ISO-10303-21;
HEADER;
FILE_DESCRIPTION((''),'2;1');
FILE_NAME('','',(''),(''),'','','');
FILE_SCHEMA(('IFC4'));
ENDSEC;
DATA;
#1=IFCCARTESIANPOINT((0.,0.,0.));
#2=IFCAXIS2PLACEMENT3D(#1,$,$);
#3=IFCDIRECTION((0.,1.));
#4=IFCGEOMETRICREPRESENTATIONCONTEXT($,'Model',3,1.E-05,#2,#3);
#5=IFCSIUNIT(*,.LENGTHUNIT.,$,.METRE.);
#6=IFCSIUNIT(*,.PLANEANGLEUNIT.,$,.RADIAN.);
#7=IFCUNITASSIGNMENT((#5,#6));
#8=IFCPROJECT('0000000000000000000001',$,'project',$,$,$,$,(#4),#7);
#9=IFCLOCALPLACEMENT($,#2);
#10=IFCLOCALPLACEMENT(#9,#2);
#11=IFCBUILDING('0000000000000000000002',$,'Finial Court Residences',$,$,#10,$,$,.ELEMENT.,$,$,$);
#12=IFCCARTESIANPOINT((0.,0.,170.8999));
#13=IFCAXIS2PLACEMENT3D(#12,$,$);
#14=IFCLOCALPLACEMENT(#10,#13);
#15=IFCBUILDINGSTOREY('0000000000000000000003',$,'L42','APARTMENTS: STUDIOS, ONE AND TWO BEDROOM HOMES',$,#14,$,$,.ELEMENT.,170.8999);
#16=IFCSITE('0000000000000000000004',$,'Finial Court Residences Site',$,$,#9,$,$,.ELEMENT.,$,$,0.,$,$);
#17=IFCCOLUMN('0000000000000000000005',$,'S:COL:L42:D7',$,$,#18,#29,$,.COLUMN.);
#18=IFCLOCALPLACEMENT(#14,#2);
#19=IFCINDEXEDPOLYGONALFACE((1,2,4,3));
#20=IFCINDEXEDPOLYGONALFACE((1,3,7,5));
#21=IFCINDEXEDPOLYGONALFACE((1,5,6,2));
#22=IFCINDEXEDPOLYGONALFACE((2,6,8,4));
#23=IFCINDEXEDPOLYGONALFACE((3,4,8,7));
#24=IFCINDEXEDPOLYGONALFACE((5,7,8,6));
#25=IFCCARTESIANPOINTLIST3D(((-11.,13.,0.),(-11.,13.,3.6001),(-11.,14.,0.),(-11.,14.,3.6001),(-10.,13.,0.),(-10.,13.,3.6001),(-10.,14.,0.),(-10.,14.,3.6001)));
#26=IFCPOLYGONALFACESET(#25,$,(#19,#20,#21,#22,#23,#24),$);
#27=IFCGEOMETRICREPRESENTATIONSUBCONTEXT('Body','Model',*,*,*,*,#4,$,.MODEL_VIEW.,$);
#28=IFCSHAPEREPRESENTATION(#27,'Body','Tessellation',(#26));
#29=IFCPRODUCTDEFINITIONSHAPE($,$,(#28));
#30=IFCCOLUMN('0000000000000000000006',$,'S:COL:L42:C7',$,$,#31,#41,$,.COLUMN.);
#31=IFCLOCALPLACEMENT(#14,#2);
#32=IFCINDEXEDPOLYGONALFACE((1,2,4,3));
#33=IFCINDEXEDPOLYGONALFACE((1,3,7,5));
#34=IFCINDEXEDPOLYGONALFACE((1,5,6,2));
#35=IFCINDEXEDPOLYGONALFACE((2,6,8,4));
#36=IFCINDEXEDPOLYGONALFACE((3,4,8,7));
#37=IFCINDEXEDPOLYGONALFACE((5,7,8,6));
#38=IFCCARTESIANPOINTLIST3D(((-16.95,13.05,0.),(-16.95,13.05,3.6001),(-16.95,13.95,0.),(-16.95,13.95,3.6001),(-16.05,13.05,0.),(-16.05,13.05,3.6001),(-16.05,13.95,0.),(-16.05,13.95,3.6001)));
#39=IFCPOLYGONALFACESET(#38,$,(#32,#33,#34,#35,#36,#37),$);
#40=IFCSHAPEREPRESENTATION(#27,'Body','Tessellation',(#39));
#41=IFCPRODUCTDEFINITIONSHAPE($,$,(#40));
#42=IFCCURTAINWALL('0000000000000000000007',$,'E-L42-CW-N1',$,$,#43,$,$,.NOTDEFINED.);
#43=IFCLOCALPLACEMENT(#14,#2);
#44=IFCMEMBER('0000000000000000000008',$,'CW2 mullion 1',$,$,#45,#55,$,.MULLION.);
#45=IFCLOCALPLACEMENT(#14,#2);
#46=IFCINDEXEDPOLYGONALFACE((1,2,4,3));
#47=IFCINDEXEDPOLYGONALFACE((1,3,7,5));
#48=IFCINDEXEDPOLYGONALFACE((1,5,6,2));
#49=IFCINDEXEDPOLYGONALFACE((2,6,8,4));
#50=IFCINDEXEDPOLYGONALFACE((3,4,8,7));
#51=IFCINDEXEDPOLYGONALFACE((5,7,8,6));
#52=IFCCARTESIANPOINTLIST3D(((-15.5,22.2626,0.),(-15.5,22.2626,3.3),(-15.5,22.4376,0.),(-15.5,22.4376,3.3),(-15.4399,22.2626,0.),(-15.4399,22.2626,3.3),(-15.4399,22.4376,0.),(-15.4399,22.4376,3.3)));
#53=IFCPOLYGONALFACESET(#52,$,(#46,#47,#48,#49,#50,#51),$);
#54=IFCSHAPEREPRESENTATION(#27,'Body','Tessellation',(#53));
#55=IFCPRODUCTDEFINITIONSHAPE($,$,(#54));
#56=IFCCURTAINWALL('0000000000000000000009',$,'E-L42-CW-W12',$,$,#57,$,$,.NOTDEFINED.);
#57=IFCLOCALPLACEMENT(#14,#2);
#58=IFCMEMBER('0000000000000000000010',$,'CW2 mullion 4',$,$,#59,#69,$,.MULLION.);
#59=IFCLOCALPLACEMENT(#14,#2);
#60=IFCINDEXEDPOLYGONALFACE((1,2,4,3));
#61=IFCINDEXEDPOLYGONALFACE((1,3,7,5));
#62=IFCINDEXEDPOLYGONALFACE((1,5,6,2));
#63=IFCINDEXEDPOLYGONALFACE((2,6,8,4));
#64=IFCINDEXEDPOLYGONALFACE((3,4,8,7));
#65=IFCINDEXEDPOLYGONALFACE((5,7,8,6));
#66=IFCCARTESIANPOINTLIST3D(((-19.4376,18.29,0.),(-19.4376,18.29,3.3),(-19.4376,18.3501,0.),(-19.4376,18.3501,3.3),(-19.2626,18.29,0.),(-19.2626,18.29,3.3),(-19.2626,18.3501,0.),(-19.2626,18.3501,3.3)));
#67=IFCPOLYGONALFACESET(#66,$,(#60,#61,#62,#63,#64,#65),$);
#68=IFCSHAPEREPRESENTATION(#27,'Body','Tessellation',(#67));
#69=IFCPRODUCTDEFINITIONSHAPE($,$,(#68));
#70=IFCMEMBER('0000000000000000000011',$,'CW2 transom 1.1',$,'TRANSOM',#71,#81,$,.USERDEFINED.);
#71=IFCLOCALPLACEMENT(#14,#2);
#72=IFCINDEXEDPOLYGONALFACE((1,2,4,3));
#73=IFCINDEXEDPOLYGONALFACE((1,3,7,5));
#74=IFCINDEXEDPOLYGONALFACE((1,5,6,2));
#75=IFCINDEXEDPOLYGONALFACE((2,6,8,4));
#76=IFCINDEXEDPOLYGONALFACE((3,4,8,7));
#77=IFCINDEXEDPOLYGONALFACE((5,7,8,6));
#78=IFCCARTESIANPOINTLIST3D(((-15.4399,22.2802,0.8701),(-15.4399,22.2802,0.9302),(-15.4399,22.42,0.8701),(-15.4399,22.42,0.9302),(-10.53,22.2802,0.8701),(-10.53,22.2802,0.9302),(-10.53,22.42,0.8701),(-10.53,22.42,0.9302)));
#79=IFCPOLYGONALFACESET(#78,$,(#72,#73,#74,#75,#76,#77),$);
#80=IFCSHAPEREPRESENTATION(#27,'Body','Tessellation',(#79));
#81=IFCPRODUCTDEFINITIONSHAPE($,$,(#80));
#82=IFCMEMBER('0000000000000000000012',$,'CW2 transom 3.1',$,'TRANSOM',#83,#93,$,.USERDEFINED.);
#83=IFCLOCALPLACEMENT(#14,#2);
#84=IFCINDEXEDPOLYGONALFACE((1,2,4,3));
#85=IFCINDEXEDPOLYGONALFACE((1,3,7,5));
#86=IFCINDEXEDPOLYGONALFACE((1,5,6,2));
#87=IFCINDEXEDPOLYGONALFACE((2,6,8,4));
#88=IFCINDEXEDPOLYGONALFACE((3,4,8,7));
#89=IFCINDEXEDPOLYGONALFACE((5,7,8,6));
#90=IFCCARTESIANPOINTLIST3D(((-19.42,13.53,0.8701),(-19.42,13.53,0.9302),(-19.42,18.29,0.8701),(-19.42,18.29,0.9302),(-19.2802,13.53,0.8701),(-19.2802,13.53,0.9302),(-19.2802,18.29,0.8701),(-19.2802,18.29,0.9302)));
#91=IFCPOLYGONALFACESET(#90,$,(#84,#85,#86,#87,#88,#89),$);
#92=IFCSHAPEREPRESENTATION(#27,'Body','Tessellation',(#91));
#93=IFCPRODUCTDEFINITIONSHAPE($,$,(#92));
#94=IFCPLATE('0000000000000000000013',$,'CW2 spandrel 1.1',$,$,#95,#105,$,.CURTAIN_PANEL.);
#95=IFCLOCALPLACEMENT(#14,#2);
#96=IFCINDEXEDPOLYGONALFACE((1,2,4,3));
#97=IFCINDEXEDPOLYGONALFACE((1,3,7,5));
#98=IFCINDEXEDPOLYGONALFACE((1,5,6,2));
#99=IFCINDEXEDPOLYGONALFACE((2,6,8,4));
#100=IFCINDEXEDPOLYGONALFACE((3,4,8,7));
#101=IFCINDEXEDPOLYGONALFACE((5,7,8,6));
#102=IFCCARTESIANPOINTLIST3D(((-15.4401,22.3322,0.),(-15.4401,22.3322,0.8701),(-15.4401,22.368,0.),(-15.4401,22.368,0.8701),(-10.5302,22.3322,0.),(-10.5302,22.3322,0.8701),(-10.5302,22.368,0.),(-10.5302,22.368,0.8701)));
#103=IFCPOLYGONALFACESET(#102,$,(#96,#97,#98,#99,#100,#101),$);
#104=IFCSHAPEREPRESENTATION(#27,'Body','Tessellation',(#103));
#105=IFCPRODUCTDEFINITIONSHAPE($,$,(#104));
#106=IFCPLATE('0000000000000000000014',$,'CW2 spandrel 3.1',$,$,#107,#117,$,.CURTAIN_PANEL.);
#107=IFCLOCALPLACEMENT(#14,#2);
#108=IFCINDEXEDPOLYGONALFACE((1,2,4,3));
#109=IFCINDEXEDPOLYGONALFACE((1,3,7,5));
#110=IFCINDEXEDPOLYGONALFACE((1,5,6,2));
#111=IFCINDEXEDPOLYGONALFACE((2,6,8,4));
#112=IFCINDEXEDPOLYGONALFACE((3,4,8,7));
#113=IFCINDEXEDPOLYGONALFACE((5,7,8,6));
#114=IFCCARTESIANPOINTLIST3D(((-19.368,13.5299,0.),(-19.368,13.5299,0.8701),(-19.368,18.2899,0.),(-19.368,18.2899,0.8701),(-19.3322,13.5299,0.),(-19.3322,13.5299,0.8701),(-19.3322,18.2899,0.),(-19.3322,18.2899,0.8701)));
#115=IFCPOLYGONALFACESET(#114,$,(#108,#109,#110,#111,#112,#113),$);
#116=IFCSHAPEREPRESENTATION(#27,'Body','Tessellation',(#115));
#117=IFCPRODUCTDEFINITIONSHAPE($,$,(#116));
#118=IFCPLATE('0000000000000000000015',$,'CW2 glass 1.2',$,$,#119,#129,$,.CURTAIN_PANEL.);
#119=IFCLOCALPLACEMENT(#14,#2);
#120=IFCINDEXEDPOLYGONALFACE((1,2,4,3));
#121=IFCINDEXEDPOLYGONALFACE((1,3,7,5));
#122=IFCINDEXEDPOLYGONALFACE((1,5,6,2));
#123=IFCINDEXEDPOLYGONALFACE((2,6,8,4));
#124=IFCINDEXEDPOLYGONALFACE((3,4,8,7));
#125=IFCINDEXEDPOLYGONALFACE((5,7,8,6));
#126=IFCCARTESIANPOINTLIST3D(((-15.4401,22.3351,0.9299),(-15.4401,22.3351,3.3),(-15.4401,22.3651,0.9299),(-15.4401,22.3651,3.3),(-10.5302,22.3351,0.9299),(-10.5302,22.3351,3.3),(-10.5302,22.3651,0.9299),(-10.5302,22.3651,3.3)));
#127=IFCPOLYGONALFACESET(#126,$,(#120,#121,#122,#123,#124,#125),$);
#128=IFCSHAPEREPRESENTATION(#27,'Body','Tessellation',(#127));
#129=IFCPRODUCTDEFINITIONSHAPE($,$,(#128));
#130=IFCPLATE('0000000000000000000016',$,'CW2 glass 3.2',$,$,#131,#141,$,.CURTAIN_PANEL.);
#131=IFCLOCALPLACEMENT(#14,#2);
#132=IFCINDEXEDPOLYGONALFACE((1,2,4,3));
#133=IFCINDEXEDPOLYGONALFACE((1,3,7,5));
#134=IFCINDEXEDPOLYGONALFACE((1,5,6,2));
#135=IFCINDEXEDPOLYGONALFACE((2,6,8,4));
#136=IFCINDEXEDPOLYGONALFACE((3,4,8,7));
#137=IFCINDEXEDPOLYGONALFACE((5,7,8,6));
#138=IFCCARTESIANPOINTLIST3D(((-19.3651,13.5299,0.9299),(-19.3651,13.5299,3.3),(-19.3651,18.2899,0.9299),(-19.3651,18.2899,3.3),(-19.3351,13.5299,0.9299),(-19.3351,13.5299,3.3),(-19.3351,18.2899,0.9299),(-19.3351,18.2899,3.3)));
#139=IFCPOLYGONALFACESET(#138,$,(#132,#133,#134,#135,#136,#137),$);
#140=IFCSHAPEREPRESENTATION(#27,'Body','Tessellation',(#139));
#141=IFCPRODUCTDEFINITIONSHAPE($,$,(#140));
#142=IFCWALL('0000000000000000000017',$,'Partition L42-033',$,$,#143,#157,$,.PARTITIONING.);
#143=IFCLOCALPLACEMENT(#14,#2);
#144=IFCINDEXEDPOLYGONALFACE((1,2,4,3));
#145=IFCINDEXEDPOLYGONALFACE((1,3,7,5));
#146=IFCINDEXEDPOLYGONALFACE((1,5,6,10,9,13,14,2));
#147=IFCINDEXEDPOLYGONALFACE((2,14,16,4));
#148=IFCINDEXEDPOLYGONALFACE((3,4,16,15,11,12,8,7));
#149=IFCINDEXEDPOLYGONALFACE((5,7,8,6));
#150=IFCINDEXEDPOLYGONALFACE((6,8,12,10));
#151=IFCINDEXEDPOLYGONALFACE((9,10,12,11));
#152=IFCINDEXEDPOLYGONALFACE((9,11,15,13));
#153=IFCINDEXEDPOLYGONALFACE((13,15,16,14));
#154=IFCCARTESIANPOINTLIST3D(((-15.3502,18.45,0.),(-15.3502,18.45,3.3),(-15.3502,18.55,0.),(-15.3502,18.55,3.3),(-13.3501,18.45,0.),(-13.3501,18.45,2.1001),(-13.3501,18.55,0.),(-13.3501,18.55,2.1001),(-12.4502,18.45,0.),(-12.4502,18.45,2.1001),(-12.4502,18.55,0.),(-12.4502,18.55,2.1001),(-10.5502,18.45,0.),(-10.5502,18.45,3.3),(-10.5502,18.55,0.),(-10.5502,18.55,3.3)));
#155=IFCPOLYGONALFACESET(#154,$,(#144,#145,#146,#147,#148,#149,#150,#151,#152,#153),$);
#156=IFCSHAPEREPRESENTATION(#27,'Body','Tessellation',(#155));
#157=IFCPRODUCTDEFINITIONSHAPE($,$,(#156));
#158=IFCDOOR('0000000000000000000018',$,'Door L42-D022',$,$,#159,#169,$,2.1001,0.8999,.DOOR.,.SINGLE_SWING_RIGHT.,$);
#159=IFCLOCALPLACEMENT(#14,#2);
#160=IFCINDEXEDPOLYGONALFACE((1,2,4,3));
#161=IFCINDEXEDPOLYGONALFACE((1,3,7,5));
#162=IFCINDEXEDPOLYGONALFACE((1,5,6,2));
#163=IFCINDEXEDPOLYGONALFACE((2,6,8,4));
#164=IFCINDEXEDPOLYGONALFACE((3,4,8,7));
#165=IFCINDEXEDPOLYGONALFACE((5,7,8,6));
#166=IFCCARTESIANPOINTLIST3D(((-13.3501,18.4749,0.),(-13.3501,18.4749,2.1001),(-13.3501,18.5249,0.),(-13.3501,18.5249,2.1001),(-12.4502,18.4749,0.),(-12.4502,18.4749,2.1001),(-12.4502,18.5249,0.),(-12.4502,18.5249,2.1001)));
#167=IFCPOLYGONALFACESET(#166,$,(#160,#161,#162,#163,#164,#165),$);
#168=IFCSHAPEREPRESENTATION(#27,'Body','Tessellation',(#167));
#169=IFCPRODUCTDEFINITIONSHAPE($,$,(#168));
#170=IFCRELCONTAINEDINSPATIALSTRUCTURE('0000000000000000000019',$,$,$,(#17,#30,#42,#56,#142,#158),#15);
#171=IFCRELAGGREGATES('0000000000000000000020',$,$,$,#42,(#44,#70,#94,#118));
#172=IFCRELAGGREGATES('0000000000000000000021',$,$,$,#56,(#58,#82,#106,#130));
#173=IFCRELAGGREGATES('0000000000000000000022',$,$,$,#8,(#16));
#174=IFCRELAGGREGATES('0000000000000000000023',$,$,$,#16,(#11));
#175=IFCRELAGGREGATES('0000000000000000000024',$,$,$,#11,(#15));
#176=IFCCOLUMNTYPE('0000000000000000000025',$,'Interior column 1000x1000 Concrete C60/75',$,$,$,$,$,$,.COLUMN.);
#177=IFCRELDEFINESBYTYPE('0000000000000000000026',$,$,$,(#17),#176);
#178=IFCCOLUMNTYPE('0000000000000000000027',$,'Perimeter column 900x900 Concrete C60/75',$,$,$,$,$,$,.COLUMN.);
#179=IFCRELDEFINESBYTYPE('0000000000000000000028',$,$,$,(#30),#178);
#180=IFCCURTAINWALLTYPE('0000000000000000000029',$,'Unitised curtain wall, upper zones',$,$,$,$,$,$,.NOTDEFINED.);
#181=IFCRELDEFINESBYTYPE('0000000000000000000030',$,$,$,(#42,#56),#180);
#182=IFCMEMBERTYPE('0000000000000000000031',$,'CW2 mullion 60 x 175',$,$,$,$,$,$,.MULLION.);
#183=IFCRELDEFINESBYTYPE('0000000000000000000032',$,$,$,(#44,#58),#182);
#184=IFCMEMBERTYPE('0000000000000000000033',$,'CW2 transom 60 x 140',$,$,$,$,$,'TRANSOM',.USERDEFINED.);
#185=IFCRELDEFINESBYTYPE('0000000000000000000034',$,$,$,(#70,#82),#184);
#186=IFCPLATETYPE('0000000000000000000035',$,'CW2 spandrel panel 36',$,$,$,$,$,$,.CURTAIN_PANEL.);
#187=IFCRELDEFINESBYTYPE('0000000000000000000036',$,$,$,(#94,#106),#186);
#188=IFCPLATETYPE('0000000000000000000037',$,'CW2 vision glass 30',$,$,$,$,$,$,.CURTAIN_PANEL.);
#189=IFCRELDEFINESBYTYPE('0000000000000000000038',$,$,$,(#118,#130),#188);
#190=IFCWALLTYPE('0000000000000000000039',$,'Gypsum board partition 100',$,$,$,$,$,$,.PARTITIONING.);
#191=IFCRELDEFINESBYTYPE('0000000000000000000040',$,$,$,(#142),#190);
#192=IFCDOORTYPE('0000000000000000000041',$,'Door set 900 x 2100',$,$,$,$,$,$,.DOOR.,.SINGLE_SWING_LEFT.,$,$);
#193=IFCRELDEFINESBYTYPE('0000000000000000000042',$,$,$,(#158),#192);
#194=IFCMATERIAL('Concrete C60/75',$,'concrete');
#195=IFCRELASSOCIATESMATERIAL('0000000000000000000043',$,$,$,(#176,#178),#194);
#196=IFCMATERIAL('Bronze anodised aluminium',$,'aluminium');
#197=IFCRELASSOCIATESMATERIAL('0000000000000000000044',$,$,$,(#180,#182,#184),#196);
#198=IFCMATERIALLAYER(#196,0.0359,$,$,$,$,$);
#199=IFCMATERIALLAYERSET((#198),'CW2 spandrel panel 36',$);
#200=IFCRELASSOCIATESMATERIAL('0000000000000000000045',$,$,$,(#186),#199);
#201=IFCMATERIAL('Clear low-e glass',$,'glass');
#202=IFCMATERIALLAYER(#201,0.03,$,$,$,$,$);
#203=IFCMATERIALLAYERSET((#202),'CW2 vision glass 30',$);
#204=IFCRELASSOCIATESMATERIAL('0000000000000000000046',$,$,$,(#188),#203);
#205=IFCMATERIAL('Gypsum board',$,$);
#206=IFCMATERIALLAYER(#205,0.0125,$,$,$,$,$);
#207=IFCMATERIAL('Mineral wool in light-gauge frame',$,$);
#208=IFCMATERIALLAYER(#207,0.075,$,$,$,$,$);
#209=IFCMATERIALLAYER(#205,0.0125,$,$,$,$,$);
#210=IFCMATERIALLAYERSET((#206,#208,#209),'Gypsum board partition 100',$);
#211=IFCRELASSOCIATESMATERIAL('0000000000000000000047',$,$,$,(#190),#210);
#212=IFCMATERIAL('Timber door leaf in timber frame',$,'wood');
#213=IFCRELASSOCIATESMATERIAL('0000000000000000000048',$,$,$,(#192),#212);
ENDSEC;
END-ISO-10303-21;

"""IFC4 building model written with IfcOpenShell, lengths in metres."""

from ifc_helpers import new_model, si_unit, direction, frame, frame_2d, origin, origin_2d, place, context, subcontext, project, spatial, rectangle, extrude, material, layer, layer_set, material_profile, profile_set, type_object, element, fill, aggregate, save


model = new_model("IFC4")

# Units and contexts
model_context = context("Model", 3, precision=1e-05, world=origin(), true_north=direction((0.0, 1.0)))
body_context = subcontext(model_context, "Body", "Model", "MODEL_VIEW")
ifc_project = project(units=[si_unit("LENGTHUNIT", "METRE"), si_unit("PLANEANGLEUNIT", "RADIAN")], contexts=[model_context])

# Site, building, storey
site_placement = place(None, origin())
site = spatial("IfcSite", under=ifc_project, at=site_placement, Name="Finial Court Residences Site", CompositionType="ELEMENT", RefElevation=0.0)
building_placement = place(site_placement, origin())
building = spatial("IfcBuilding", under=site, at=building_placement, Name="Finial Court Residences", CompositionType="ELEMENT")
storey_placement = place(building_placement, frame((0.0, 0.0, 170.8999)))
storey = spatial("IfcBuildingStorey", under=building, at=storey_placement, Name="L42", Description="APARTMENTS: STUDIOS, ONE AND TWO BEDROOM HOMES", CompositionType="ELEMENT", Elevation=170.8999)

# Columns
ifc_material_1 = material(Name="Concrete C60/75", Category="concrete")
ifc_material_profile_1 = material_profile(ifc_material_1, rectangle(XDim=1.0, YDim=1.0, at=origin_2d()), Name="1000x1000")
ifc_profile_set_1 = profile_set([ifc_material_profile_1], Name="Concrete C60/75")
column_type_1 = type_object("IfcColumnType", Name="Interior column 1000x1000 Concrete C60/75", PredefinedType="COLUMN", material=ifc_profile_set_1)
column_1_placement = place(storey_placement, frame((-10.5, 13.5, 0.0), z_axis=(0.0, 0.0, 1.0), x_axis=(1.0, 0.0, 0.0)))
element("IfcColumn", 1, at=column_1_placement, inside=storey, type_object=column_type_1, Name="S:COL:L42:D7", PredefinedType="COLUMN", context=body_context, shape_type="SweptSolid", body=[
    extrude(rectangle(XDim=1.0, YDim=1.0, at=origin_2d()), origin(), (0.0, 0.0, 1.0), 3.6001),
])
ifc_material_profile_2 = material_profile(ifc_material_1, rectangle(XDim=0.8999, YDim=0.8999, at=origin_2d()), Name="900x900")
ifc_profile_set_2 = profile_set([ifc_material_profile_2], Name="Concrete C60/75")
column_type_2 = type_object("IfcColumnType", Name="Perimeter column 900x900 Concrete C60/75", PredefinedType="COLUMN", material=ifc_profile_set_2)
column_2_placement = place(storey_placement, frame((-16.5, 13.5, 0.0), z_axis=(0.0, 0.0, 1.0), x_axis=(1.0, 0.0, 0.0)))
element("IfcColumn", 2, at=column_2_placement, inside=storey, type_object=column_type_2, Name="S:COL:L42:C7", PredefinedType="COLUMN", context=body_context, shape_type="SweptSolid", body=[
    extrude(rectangle(XDim=0.8999, YDim=0.8999, at=origin_2d()), origin(), (0.0, 0.0, 1.0), 3.6001),
])

# Curtain walls, members
ifc_material_2 = material(Name="Bronze anodised aluminium", Category="aluminium")
curtain_wall_type = type_object("IfcCurtainWallType", Name="Unitised curtain wall, upper zones", PredefinedType="NOTDEFINED", material=ifc_material_2)
curtain_wall_1_placement = place(storey_placement, origin())
curtain_wall_1 = element("IfcCurtainWall", 3, at=curtain_wall_1_placement, inside=storey, type_object=curtain_wall_type, Name="E-L42-CW-N1", PredefinedType="NOTDEFINED")
ifc_material_profile_3 = material_profile(ifc_material_2, rectangle(XDim=0.175, YDim=0.0601, at=origin_2d()), Name="CW2 mullion 60 x 175")
ifc_profile_set_3 = profile_set([ifc_material_profile_3], Name="Bronze anodised aluminium")
member_type_1 = type_object("IfcMemberType", Name="CW2 mullion 60 x 175", PredefinedType="MULLION", material=ifc_profile_set_3)
member_1_placement = place(storey_placement, frame((-15.47, 22.3501, 0.0), z_axis=(0.0, 0.0, 1.0), x_axis=(0.0, 1.0, 0.0)))
member_1 = element("IfcMember", 4, at=member_1_placement, type_object=member_type_1, Name="CW2 mullion 1", PredefinedType="MULLION", context=body_context, shape_type="SweptSolid", body=[
    extrude(rectangle(XDim=0.175, YDim=0.0601, at=origin_2d()), origin(), (0.0, 0.0, 1.0), 3.3),
])
curtain_wall_2_placement = place(storey_placement, origin())
curtain_wall_2 = element("IfcCurtainWall", 5, at=curtain_wall_2_placement, inside=storey, type_object=curtain_wall_type, Name="E-L42-CW-W12", PredefinedType="NOTDEFINED")
member_2_placement = place(storey_placement, frame((-19.3501, 18.3201, 0.0), z_axis=(0.0, 0.0, 1.0), x_axis=(-1.0, 0.0, 0.0)))
member_2 = element("IfcMember", 6, at=member_2_placement, type_object=member_type_1, Name="CW2 mullion 4", PredefinedType="MULLION", context=body_context, shape_type="SweptSolid", body=[
    extrude(rectangle(XDim=0.175, YDim=0.0601, at=origin_2d()), origin(), (0.0, 0.0, 1.0), 3.3),
])

# Members
ifc_material_profile_4 = material_profile(ifc_material_2, rectangle(XDim=0.1399, YDim=0.0601, at=origin_2d()), Name="CW2 transom 60 x 140")
ifc_profile_set_4 = profile_set([ifc_material_profile_4], Name="Bronze anodised aluminium")
member_type_2 = type_object("IfcMemberType", Name="CW2 transom 60 x 140", ElementType="TRANSOM", PredefinedType="USERDEFINED", material=ifc_profile_set_4)
member_3_placement = place(storey_placement, frame((-15.4399, 22.3501, 0.9001), z_axis=(1.0, 0.0, 0.0), x_axis=(0.0, 1.0, 0.0)))
member_3 = element("IfcMember", 7, at=member_3_placement, type_object=member_type_2, Name="CW2 transom 1.1", ObjectType="TRANSOM", PredefinedType="USERDEFINED", context=body_context, shape_type="SweptSolid", body=[
    extrude(rectangle(XDim=0.1399, YDim=0.0601, at=origin_2d()), origin(), (0.0, 0.0, 1.0), 4.9099),
])
member_4_placement = place(storey_placement, frame((-19.3501, 13.53, 0.9001), z_axis=(0.0, 1.0, 0.0), x_axis=(-1.0, 0.0, 0.0)))
member_4 = element("IfcMember", 8, at=member_4_placement, type_object=member_type_2, Name="CW2 transom 3.1", ObjectType="TRANSOM", PredefinedType="USERDEFINED", context=body_context, shape_type="SweptSolid", body=[
    extrude(rectangle(XDim=0.1399, YDim=0.0601, at=origin_2d()), origin(), (0.0, 0.0, 1.0), 4.76),
])

# Plates
ifc_layer_1 = layer(ifc_material_2, 0.0359)
ifc_layer_set_1 = layer_set([ifc_layer_1], Name="CW2 spandrel panel 36")
plate_type_1 = type_object("IfcPlateType", Name="CW2 spandrel panel 36", PredefinedType="CURTAIN_PANEL", material=ifc_layer_set_1)
plate_1_placement = place(storey_placement, frame((-12.9851, 22.3501, 0.0), z_axis=(0.0, 0.0, 1.0), x_axis=(1.0, 0.0, 0.0)))
plate_1 = element("IfcPlate", 9, at=plate_1_placement, type_object=plate_type_1, Name="CW2 spandrel 1.1", PredefinedType="CURTAIN_PANEL", context=body_context, shape_type="SweptSolid", body=[
    extrude(rectangle(XDim=4.9099, YDim=0.0359, at=origin_2d()), origin(), (0.0, 0.0, 1.0), 0.8701),
])
plate_2_placement = place(storey_placement, frame((-19.3501, 15.9099, 0.0), z_axis=(0.0, 0.0, 1.0), x_axis=(0.0, 1.0, 0.0)))
plate_2 = element("IfcPlate", 10, at=plate_2_placement, type_object=plate_type_1, Name="CW2 spandrel 3.1", PredefinedType="CURTAIN_PANEL", context=body_context, shape_type="SweptSolid", body=[
    extrude(rectangle(XDim=4.76, YDim=0.0359, at=origin_2d()), origin(), (0.0, 0.0, 1.0), 0.8701),
])
ifc_material_3 = material(Name="Clear low-e glass", Category="glass")
ifc_layer_2 = layer(ifc_material_3, 0.03)
ifc_layer_set_2 = layer_set([ifc_layer_2], Name="CW2 vision glass 30")
plate_type_2 = type_object("IfcPlateType", Name="CW2 vision glass 30", PredefinedType="CURTAIN_PANEL", material=ifc_layer_set_2)
plate_3_placement = place(storey_placement, frame((-12.9851, 22.3501, 0.9299), z_axis=(0.0, 0.0, 1.0), x_axis=(1.0, 0.0, 0.0)))
plate_3 = element("IfcPlate", 11, at=plate_3_placement, type_object=plate_type_2, Name="CW2 glass 1.2", PredefinedType="CURTAIN_PANEL", context=body_context, shape_type="SweptSolid", body=[
    extrude(rectangle(XDim=4.9099, YDim=0.03, at=origin_2d()), origin(), (0.0, 0.0, 1.0), 2.3701),
])
aggregate(curtain_wall_1, [member_1, member_3, plate_1, plate_3])
plate_4_placement = place(storey_placement, frame((-19.3501, 15.9099, 0.9299), z_axis=(0.0, 0.0, 1.0), x_axis=(0.0, 1.0, 0.0)))
plate_4 = element("IfcPlate", 12, at=plate_4_placement, type_object=plate_type_2, Name="CW2 glass 3.2", PredefinedType="CURTAIN_PANEL", context=body_context, shape_type="SweptSolid", body=[
    extrude(rectangle(XDim=4.76, YDim=0.03, at=origin_2d()), origin(), (0.0, 0.0, 1.0), 2.3701),
])
aggregate(curtain_wall_2, [member_2, member_4, plate_2, plate_4])

# Wall, opening, door
ifc_material_4 = material(Name="Gypsum board")
ifc_layer_3 = layer(ifc_material_4, 0.0125)
ifc_material_5 = material(Name="Mineral wool in light-gauge frame")
ifc_layer_4 = layer(ifc_material_5, 0.075)
ifc_layer_5 = layer(ifc_material_4, 0.0125)
ifc_layer_set_3 = layer_set([ifc_layer_3, ifc_layer_4, ifc_layer_5], Name="Gypsum board partition 100")
wall_type_1 = type_object("IfcWallType", Name="Gypsum board partition 100", PredefinedType="PARTITIONING", material=ifc_layer_set_3)
wall_1_placement = place(storey_placement, frame((-15.3501, 18.5, 0.0), z_axis=(0.0, 0.0, 1.0), x_axis=(1.0, 0.0, 0.0)))
wall_1 = element("IfcWall", 13, at=wall_1_placement, inside=storey, type_object=wall_type_1, Name="Partition L42-033", PredefinedType="PARTITIONING", context=body_context, shape_type="SweptSolid", body=[
    extrude(rectangle(XDim=4.8, YDim=0.1001, at=frame_2d((2.3999, 0.0))), origin(), (0.0, 0.0, 1.0), 3.3),
])
opening_1_placement = place(wall_1_placement, frame((2.0, 0.0, 0.0)))
opening_1 = element("IfcOpeningElement", 14, at=opening_1_placement, cuts=wall_1, PredefinedType="OPENING", context=body_context, shape_type="SweptSolid", body=[
    extrude(rectangle(XDim=0.8999, YDim=2.1001, at=frame_2d((0.45, 1.05))), frame((0.0, 0.0601, 0.0), z_axis=(0.0, -1.0, 0.0), x_axis=(1.0, 0.0, 0.0)), (0.0, 0.0, 1.0), 0.1201),
])
ifc_material_6 = material(Name="Timber door leaf in timber frame", Category="wood")
door_type = type_object("IfcDoorType", Name="Door set 900 x 2100", OperationType="SINGLE_SWING_LEFT", PredefinedType="DOOR", material=ifc_material_6)
door_1_placement = place(opening_1_placement, origin())
door_1 = element("IfcDoor", 15, at=door_1_placement, inside=storey, type_object=door_type, Name="Door L42-D022", OperationType="SINGLE_SWING_RIGHT", OverallHeight=2.1001, OverallWidth=0.8999, PredefinedType="DOOR", context=body_context, shape_type="SweptSolid", body=[
    extrude(rectangle(XDim=0.8999, YDim=2.1001, at=frame_2d((0.45, 1.05))), frame((0.0, 0.0249, 0.0), z_axis=(0.0, -1.0, 0.0), x_axis=(1.0, 0.0, 0.0)), (0.0, 0.0, 1.0), 0.05),
])
fill(opening_1, door_1)

save(model, "model.ifc")
